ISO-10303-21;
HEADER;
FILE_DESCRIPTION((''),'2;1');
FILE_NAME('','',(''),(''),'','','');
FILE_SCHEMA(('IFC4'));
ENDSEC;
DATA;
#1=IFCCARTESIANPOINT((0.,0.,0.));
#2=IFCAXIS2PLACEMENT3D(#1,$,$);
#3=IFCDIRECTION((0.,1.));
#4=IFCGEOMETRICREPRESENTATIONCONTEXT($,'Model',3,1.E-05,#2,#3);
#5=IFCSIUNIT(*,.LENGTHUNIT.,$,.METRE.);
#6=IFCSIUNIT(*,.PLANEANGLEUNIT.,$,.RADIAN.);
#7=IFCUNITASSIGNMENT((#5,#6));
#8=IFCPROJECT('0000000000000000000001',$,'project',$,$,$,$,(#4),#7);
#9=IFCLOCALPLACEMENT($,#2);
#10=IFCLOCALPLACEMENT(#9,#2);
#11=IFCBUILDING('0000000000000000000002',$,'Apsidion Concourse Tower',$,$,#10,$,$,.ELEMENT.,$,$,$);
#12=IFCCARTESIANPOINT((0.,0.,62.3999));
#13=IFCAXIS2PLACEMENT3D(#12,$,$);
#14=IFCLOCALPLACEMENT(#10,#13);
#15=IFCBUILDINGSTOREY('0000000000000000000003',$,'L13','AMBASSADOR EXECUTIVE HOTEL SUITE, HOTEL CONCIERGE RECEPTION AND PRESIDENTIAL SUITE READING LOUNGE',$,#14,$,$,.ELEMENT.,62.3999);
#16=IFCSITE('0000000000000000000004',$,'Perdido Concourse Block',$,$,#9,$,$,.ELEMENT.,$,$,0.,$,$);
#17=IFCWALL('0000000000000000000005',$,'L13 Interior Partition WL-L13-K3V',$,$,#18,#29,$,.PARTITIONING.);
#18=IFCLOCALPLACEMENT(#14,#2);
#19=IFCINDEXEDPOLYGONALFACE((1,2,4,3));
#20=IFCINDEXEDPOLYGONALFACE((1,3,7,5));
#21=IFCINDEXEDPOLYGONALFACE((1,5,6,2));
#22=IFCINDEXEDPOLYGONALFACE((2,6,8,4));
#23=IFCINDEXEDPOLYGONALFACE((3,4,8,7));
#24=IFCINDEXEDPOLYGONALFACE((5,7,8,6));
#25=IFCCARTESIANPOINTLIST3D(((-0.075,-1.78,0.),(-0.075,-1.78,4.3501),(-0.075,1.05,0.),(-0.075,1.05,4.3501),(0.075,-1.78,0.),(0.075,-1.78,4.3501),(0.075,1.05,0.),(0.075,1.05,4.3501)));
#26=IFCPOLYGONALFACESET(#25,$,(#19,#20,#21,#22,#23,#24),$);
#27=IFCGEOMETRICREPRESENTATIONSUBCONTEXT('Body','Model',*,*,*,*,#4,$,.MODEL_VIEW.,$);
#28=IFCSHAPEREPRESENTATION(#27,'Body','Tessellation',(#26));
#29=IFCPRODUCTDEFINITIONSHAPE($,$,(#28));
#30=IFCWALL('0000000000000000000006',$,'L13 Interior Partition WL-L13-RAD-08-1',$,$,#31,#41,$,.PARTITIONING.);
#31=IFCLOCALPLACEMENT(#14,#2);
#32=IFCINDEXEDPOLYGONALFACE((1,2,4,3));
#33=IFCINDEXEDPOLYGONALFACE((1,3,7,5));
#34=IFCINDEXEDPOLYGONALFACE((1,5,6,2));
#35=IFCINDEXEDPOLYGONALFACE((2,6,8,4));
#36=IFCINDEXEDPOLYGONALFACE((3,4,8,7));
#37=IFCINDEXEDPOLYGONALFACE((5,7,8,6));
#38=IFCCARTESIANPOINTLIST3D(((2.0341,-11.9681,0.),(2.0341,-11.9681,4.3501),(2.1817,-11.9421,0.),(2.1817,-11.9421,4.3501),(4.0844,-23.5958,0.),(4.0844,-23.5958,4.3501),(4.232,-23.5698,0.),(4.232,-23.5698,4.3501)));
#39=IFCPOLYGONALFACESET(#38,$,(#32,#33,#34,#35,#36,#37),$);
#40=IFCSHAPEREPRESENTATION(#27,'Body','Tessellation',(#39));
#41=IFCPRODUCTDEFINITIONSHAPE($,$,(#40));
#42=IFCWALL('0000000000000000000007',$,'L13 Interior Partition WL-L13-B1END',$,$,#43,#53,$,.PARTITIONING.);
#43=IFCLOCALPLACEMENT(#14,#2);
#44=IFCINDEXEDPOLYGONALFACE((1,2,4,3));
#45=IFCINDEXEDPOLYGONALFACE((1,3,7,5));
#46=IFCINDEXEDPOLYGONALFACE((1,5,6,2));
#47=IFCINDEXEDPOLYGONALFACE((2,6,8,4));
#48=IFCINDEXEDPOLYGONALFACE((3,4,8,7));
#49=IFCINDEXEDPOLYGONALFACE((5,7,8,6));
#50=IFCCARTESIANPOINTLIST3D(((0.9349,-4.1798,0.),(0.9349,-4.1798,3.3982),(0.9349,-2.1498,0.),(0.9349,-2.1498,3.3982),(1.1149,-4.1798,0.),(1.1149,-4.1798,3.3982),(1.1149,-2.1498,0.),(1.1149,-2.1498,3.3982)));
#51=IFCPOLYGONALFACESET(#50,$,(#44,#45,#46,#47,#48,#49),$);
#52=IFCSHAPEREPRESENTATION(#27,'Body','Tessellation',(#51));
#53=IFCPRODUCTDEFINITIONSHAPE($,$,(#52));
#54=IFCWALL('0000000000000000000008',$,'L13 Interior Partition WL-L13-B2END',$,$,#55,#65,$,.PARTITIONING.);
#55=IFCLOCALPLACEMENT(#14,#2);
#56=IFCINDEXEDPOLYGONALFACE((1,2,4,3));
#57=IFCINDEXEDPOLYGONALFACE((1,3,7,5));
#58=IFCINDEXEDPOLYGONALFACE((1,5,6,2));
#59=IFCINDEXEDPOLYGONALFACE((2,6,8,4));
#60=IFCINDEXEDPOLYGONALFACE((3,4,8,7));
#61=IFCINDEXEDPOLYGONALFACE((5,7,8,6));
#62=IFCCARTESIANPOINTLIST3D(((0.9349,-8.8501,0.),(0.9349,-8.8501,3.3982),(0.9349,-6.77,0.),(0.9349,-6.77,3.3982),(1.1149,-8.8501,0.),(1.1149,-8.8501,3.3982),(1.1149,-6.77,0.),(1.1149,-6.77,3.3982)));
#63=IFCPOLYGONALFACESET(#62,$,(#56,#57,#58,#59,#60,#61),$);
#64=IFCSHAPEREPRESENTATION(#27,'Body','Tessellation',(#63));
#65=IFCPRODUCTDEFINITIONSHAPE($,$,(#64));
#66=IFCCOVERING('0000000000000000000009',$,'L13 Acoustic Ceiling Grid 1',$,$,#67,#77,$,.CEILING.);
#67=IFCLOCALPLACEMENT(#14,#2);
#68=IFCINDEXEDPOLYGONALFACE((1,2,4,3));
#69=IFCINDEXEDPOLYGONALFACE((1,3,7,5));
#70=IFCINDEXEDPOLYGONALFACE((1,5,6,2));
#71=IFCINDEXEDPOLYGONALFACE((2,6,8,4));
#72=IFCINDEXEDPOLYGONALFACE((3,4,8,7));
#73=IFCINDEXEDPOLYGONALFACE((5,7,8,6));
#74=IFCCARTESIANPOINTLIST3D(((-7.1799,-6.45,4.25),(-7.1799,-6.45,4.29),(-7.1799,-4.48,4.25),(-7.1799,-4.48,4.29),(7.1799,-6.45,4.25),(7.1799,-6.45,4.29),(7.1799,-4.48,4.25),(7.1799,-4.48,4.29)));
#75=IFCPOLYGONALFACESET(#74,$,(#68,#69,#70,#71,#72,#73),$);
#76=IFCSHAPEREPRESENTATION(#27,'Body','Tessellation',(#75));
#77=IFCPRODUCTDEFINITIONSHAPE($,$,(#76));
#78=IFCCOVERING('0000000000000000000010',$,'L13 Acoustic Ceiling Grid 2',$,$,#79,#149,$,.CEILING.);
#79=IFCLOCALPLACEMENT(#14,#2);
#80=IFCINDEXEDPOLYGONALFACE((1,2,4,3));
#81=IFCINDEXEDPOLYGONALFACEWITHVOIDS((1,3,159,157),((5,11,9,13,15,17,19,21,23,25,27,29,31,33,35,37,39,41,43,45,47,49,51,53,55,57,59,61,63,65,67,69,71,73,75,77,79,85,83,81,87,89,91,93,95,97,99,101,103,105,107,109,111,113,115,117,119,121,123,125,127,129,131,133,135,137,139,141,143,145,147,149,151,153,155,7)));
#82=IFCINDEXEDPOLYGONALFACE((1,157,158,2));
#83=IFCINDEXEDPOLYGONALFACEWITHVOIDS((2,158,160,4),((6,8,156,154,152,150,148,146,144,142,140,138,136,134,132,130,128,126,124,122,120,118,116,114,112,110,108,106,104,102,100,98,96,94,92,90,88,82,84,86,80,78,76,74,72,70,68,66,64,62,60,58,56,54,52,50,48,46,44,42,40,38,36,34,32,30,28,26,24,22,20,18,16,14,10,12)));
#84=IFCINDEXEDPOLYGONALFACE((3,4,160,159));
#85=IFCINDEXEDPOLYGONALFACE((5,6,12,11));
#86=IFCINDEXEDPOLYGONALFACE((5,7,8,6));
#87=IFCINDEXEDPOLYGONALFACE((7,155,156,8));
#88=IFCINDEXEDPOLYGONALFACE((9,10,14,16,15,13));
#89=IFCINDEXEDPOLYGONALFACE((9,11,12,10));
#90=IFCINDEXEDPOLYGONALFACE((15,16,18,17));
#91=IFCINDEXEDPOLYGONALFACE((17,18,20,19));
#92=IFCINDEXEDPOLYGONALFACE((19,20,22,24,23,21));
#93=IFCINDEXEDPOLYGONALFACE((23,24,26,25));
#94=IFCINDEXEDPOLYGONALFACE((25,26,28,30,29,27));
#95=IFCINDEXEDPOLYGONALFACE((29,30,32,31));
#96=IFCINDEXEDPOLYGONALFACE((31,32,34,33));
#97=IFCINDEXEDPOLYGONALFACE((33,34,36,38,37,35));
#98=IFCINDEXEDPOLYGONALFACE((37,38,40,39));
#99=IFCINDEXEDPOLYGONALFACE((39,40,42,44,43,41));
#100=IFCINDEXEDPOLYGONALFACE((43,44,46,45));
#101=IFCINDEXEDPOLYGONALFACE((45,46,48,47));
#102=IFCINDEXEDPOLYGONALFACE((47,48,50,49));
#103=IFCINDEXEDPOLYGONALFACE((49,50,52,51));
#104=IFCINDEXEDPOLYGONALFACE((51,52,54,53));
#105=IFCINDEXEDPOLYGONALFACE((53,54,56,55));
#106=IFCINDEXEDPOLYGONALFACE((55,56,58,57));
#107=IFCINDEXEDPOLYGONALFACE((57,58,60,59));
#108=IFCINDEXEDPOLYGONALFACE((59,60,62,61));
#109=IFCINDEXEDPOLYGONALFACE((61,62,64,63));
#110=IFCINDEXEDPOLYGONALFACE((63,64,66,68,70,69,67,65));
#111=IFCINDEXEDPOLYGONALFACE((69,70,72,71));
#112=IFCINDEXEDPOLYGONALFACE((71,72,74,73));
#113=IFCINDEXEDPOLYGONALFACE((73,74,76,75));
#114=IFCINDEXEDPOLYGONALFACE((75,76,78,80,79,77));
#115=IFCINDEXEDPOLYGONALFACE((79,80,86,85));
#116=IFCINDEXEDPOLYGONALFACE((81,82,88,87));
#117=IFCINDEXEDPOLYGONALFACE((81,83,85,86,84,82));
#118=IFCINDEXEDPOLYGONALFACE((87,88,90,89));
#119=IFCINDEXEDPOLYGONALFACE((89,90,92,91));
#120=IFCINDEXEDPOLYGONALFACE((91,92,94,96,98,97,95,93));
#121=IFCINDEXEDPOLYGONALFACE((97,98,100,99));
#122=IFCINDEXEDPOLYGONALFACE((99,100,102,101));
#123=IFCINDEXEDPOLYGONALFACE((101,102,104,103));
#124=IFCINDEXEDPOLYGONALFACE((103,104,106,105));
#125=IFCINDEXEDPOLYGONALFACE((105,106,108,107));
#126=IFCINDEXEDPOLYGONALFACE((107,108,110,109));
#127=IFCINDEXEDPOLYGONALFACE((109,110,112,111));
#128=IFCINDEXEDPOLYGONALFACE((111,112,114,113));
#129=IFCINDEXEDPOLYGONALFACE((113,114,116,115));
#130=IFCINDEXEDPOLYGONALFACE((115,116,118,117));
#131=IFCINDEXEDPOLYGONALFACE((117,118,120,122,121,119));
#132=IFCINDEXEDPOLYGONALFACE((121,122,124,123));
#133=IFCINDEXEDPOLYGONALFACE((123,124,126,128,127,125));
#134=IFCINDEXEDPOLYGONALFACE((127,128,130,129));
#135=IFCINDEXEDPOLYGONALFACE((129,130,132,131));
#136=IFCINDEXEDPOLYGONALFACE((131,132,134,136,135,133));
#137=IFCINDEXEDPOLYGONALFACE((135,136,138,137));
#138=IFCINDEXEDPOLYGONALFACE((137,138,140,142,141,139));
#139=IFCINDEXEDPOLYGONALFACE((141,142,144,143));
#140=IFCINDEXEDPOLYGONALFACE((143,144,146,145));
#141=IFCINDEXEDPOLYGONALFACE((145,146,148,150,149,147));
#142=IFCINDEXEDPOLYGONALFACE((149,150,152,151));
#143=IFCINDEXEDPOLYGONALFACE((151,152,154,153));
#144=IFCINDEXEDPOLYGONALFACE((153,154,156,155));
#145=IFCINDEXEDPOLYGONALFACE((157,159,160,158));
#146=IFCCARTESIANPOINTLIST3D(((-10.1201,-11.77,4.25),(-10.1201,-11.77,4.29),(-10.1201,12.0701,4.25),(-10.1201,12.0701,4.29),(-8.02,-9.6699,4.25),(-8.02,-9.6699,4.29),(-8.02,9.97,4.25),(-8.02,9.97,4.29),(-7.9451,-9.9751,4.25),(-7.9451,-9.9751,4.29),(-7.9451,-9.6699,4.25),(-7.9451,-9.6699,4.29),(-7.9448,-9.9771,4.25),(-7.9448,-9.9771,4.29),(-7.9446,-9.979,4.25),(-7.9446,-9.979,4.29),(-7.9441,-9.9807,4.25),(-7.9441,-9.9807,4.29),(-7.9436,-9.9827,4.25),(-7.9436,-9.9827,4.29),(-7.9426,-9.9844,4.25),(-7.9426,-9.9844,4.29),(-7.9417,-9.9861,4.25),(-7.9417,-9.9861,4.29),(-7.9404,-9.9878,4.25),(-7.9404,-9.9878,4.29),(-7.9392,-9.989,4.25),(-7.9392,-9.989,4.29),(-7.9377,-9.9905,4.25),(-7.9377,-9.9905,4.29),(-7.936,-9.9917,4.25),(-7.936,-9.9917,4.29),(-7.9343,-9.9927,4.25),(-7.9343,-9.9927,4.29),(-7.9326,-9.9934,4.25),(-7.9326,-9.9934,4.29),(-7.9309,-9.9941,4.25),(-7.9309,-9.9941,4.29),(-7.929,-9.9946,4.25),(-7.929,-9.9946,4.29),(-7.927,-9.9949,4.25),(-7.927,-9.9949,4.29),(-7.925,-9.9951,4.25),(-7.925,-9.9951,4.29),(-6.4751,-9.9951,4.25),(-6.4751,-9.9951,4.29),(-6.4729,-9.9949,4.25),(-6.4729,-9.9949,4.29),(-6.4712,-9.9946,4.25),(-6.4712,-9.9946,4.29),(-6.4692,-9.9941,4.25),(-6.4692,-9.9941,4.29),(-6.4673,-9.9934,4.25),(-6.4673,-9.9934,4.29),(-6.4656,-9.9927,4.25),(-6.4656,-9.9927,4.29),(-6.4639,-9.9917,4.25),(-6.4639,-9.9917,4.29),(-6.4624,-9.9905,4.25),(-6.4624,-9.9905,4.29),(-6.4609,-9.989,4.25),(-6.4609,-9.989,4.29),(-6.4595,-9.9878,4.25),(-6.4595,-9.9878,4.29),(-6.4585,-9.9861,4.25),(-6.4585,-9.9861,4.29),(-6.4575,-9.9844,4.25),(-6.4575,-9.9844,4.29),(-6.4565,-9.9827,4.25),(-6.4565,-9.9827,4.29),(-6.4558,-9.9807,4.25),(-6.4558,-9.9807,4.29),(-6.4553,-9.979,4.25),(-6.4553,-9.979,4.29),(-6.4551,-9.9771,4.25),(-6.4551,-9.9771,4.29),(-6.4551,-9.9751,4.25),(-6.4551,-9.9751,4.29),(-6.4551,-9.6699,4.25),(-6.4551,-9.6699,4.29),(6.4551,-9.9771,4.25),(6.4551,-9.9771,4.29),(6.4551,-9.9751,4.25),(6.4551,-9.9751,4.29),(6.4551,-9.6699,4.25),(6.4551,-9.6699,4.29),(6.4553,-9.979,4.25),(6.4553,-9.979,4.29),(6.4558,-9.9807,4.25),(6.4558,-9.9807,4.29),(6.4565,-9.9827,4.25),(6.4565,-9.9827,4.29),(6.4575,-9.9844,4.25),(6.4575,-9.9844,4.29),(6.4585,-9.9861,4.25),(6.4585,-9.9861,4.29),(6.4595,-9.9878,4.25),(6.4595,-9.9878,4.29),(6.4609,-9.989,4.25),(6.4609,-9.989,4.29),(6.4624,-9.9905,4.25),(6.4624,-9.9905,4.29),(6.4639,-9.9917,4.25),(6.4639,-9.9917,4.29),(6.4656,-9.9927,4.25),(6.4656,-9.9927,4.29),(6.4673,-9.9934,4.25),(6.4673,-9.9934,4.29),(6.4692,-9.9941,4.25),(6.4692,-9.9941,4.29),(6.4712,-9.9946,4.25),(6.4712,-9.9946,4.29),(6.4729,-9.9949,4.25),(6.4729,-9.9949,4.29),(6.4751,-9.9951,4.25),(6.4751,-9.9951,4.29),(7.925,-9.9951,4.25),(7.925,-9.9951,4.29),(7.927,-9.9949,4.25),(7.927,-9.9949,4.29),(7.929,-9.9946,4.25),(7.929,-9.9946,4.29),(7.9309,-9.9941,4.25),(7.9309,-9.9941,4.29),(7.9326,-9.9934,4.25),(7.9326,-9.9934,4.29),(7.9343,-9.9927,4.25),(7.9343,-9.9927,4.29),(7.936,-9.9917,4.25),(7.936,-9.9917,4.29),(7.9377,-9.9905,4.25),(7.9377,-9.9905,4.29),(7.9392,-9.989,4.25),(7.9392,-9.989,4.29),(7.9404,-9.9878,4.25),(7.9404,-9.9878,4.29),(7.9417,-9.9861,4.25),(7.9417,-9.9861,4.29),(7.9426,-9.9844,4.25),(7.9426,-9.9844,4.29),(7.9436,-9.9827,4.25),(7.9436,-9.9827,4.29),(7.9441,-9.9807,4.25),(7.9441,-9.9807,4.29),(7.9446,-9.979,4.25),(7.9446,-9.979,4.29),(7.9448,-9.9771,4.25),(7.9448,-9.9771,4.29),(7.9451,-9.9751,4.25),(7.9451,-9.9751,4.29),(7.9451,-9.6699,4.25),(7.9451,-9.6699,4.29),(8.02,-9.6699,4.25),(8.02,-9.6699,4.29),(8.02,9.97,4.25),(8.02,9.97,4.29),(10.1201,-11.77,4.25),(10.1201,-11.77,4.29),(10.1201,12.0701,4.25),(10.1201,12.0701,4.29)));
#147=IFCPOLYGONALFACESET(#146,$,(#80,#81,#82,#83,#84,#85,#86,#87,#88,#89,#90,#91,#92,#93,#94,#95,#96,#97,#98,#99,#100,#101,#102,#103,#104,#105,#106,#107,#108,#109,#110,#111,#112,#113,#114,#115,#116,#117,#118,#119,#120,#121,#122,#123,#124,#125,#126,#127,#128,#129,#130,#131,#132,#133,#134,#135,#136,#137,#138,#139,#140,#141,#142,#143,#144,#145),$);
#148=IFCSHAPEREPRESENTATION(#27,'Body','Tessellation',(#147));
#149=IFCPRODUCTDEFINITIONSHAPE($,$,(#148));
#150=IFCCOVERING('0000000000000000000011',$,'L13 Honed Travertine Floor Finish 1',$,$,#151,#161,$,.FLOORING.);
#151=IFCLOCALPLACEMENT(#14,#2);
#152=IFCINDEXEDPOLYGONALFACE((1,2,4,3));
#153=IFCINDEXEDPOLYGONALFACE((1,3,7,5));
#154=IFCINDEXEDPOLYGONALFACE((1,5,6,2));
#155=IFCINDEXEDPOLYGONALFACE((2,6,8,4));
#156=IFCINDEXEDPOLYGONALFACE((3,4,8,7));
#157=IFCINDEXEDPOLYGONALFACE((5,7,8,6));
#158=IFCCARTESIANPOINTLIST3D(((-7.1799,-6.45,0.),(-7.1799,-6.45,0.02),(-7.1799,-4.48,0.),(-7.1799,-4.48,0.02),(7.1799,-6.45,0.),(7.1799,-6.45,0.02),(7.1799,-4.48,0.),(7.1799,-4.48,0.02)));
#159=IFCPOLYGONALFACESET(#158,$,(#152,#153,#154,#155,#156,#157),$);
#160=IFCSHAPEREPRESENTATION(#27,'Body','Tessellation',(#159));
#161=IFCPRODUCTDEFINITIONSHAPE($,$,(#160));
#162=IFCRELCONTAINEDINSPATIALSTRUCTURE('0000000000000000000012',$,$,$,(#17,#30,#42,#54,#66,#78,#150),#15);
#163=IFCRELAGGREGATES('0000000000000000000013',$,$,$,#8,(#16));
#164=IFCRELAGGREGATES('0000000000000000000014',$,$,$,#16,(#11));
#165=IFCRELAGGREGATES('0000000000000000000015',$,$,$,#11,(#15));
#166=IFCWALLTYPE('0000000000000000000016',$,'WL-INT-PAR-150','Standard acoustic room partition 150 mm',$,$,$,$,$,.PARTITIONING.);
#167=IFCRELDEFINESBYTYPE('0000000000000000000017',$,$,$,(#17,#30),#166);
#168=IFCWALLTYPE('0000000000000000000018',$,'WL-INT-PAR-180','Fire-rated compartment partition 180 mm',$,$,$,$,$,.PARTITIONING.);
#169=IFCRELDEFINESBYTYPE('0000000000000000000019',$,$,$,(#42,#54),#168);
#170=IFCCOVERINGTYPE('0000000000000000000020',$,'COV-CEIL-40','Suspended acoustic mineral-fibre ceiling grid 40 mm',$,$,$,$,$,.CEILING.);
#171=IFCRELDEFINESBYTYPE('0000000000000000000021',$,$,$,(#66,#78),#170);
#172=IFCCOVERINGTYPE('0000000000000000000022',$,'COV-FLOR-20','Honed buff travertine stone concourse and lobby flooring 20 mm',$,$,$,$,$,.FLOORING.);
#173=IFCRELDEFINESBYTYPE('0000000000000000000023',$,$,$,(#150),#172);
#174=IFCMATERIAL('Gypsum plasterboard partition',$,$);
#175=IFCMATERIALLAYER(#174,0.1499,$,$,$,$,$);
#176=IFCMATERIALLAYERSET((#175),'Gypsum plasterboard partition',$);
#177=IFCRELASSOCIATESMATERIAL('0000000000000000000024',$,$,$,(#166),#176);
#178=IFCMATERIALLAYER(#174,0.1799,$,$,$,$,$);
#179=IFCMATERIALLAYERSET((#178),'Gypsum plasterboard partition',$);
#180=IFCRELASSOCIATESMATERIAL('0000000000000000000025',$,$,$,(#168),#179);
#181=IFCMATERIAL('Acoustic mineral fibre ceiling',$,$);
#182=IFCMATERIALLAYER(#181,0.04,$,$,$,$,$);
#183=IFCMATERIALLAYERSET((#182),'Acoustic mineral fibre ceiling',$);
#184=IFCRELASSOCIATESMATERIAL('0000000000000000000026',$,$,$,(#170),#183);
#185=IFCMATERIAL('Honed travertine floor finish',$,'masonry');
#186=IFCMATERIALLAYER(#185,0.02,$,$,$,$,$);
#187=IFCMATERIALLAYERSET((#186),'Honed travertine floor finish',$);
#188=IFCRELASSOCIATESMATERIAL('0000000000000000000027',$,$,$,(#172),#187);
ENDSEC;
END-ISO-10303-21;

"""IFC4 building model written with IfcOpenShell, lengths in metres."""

from ifc_helpers import new_model, si_unit, direction, frame, frame_2d, origin, place, context, subcontext, project, spatial, polyline, rectangle, outline, extrude, material, layer, layer_set, type_object, element, save


model = new_model("IFC4")

# Units and contexts
model_context = context("Model", 3, precision=1e-05, world=origin(), true_north=direction((0.0, 1.0)))
body_context = subcontext(model_context, "Body", "Model", "MODEL_VIEW")
ifc_project = project(units=[si_unit("LENGTHUNIT", "METRE"), si_unit("PLANEANGLEUNIT", "RADIAN")], contexts=[model_context])

# Site, building, storey
site_placement = place(None, origin())
site = spatial("IfcSite", under=ifc_project, at=site_placement, Name="Perdido Concourse Block", CompositionType="ELEMENT", RefElevation=0.0)
building_placement = place(site_placement, origin())
building = spatial("IfcBuilding", under=site, at=building_placement, Name="Apsidion Concourse Tower", CompositionType="ELEMENT")
storey_placement = place(building_placement, frame((0.0, 0.0, 62.3999)))
storey = spatial("IfcBuildingStorey", under=building, at=storey_placement, Name="L13", Description="AMBASSADOR EXECUTIVE HOTEL SUITE, HOTEL CONCIERGE RECEPTION AND PRESIDENTIAL SUITE READING LOUNGE", CompositionType="ELEMENT", Elevation=62.3999)

# Walls
ifc_material_1 = material(Name="Gypsum plasterboard partition")
ifc_layer_1 = layer(ifc_material_1, 0.1499)
ifc_layer_set_1 = layer_set([ifc_layer_1], Name="Gypsum plasterboard partition")
wall_type_1 = type_object("IfcWallType", Name="WL-INT-PAR-150", Description="Standard acoustic room partition 150 mm", PredefinedType="PARTITIONING", material=ifc_layer_set_1)
wall_1_placement = place(storey_placement, frame((0.0, -1.78, 0.0), z_axis=(0.0, 0.0, 1.0), x_axis=(0.0, 1.0, 0.0)))
element("IfcWall", 1, at=wall_1_placement, inside=storey, type_object=wall_type_1, Name="L13 Interior Partition WL-L13-K3V", PredefinedType="PARTITIONING", context=body_context, shape_type="SweptSolid", body=[
    extrude(rectangle(XDim=2.8301, YDim=0.1499, at=frame_2d((1.415, 0.0))), origin(), (0.0, 0.0, 1.0), 4.3501),
])
wall_2_placement = place(storey_placement, frame((2.1079, -11.9551, 0.0), z_axis=(0.0, 0.0, 1.0), x_axis=(0.17365, -0.984807, 0.0)))
element("IfcWall", 2, at=wall_2_placement, inside=storey, type_object=wall_type_1, Name="L13 Interior Partition WL-L13-RAD-08-1", PredefinedType="PARTITIONING", context=body_context, shape_type="SweptSolid", body=[
    extrude(rectangle(XDim=11.8071, YDim=0.1499, at=frame_2d((5.9036, 0.0))), origin(), (0.0, 0.0, 1.0), 4.3501),
])
ifc_layer_2 = layer(ifc_material_1, 0.1799)
ifc_layer_set_2 = layer_set([ifc_layer_2], Name="Gypsum plasterboard partition")
wall_type_2 = type_object("IfcWallType", Name="WL-INT-PAR-180", Description="Fire-rated compartment partition 180 mm", PredefinedType="PARTITIONING", material=ifc_layer_set_2)
wall_3_placement = place(storey_placement, frame((1.0249, -4.1799, 0.0), z_axis=(0.0, 0.0, 1.0), x_axis=(0.0, 1.0, 0.0)))
element("IfcWall", 3, at=wall_3_placement, inside=storey, type_object=wall_type_2, Name="L13 Interior Partition WL-L13-B1END", PredefinedType="PARTITIONING", context=body_context, shape_type="SweptSolid", body=[
    extrude(rectangle(XDim=2.03, YDim=0.1799, at=frame_2d((1.0151, 0.0))), origin(), (0.0, 0.0, 1.0), 3.3982),
])
wall_4_placement = place(storey_placement, frame((1.0249, -8.8501, 0.0), z_axis=(0.0, 0.0, 1.0), x_axis=(0.0, 1.0, 0.0)))
element("IfcWall", 4, at=wall_4_placement, inside=storey, type_object=wall_type_2, Name="L13 Interior Partition WL-L13-B2END", PredefinedType="PARTITIONING", context=body_context, shape_type="SweptSolid", body=[
    extrude(rectangle(XDim=2.0801, YDim=0.1799, at=frame_2d((1.04, 0.0))), origin(), (0.0, 0.0, 1.0), 3.3982),
])

# Coverings
ifc_material_2 = material(Name="Acoustic mineral fibre ceiling")
ifc_layer_3 = layer(ifc_material_2, 0.04)
ifc_layer_set_3 = layer_set([ifc_layer_3], Name="Acoustic mineral fibre ceiling")
covering_type_1 = type_object("IfcCoveringType", Name="COV-CEIL-40", Description="Suspended acoustic mineral-fibre ceiling grid 40 mm", PredefinedType="CEILING", material=ifc_layer_set_3)
covering_1_placement = place(storey_placement, frame((0.0, 0.0, 4.25)))
element("IfcCovering", 5, at=covering_1_placement, inside=storey, type_object=covering_type_1, Name="L13 Acoustic Ceiling Grid 1", PredefinedType="CEILING", context=body_context, shape_type="SweptSolid", body=[
    extrude(outline(polyline([(-7.1799, -6.45), (-7.1799, -4.48), (7.1799, -4.48), (7.1799, -6.45), (-7.1799, -6.45)])), origin(), (0.0, 0.0, 1.0), 0.04),
])
covering_2_placement = place(storey_placement, frame((0.0, 0.0, 4.25)))
element("IfcCovering", 6, at=covering_2_placement, inside=storey, type_object=covering_type_1, Name="L13 Acoustic Ceiling Grid 2", PredefinedType="CEILING", context=body_context, shape_type="SweptSolid", body=[
    extrude(outline(polyline([(10.1201, 12.0701), (10.1201, -11.77), (-10.1201, -11.77), (-10.1201, 12.0701), (10.1201, 12.0701)]), holes=[polyline([(-8.02, -9.6699), (-7.9451, -9.6699), (-7.9451, -9.9751), (-7.9448, -9.9771), (-7.9446, -9.979), (-7.9441, -9.9807), (-7.9436, -9.9827), (-7.9426, -9.9844), (-7.9417, -9.9861), (-7.9404, -9.9878), (-7.9392, -9.989), (-7.9377, -9.9905), (-7.936, -9.9917), (-7.9343, -9.9927), (-7.9326, -9.9934), (-7.9309, -9.9941), (-7.929, -9.9946), (-7.927, -9.9949), (-7.925, -9.9951), (-6.4751, -9.9951), (-6.4729, -9.9949), (-6.4712, -9.9946), (-6.4692, -9.9941), (-6.4673, -9.9934), (-6.4656, -9.9927), (-6.4639, -9.9917), (-6.4624, -9.9905), (-6.4609, -9.989), (-6.4595, -9.9878), (-6.4585, -9.9861), (-6.4575, -9.9844), (-6.4565, -9.9827), (-6.4558, -9.9807), (-6.4553, -9.979), (-6.4551, -9.9771), (-6.4551, -9.9751), (-6.4551, -9.6699), (6.4551, -9.6699), (6.4551, -9.9751), (6.4551, -9.9771), (6.4553, -9.979), (6.4558, -9.9807), (6.4565, -9.9827), (6.4575, -9.9844), (6.4585, -9.9861), (6.4595, -9.9878), (6.4609, -9.989), (6.4624, -9.9905), (6.4639, -9.9917), (6.4656, -9.9927), (6.4673, -9.9934), (6.4692, -9.9941), (6.4712, -9.9946), (6.4729, -9.9949), (6.4751, -9.9951), (7.925, -9.9951), (7.927, -9.9949), (7.929, -9.9946), (7.9309, -9.9941), (7.9326, -9.9934), (7.9343, -9.9927), (7.936, -9.9917), (7.9377, -9.9905), (7.9392, -9.989), (7.9404, -9.9878), (7.9417, -9.9861), (7.9426, -9.9844), (7.9436, -9.9827), (7.9441, -9.9807), (7.9446, -9.979), (7.9448, -9.9771), (7.9451, -9.9751), (7.9451, -9.6699), (8.02, -9.6699), (8.02, 9.97), (-8.02, 9.97), (-8.02, -9.6699)])]), origin(), (0.0, 0.0, 1.0), 0.04),
])
ifc_material_3 = material(Name="Honed travertine floor finish", Category="masonry")
ifc_layer_4 = layer(ifc_material_3, 0.02)
ifc_layer_set_4 = layer_set([ifc_layer_4], Name="Honed travertine floor finish")
covering_type_2 = type_object("IfcCoveringType", Name="COV-FLOR-20", Description="Honed buff travertine stone concourse and lobby flooring 20 mm", PredefinedType="FLOORING", material=ifc_layer_set_4)
covering_3_placement = place(storey_placement, origin())
element("IfcCovering", 7, at=covering_3_placement, inside=storey, type_object=covering_type_2, Name="L13 Honed Travertine Floor Finish 1", PredefinedType="FLOORING", context=body_context, shape_type="SweptSolid", body=[
    extrude(outline(polyline([(-7.1799, -6.45), (-7.1799, -4.48), (7.1799, -4.48), (7.1799, -6.45), (-7.1799, -6.45)])), origin(), (0.0, 0.0, 1.0), 0.02),
])

save(model, "model.ifc")
